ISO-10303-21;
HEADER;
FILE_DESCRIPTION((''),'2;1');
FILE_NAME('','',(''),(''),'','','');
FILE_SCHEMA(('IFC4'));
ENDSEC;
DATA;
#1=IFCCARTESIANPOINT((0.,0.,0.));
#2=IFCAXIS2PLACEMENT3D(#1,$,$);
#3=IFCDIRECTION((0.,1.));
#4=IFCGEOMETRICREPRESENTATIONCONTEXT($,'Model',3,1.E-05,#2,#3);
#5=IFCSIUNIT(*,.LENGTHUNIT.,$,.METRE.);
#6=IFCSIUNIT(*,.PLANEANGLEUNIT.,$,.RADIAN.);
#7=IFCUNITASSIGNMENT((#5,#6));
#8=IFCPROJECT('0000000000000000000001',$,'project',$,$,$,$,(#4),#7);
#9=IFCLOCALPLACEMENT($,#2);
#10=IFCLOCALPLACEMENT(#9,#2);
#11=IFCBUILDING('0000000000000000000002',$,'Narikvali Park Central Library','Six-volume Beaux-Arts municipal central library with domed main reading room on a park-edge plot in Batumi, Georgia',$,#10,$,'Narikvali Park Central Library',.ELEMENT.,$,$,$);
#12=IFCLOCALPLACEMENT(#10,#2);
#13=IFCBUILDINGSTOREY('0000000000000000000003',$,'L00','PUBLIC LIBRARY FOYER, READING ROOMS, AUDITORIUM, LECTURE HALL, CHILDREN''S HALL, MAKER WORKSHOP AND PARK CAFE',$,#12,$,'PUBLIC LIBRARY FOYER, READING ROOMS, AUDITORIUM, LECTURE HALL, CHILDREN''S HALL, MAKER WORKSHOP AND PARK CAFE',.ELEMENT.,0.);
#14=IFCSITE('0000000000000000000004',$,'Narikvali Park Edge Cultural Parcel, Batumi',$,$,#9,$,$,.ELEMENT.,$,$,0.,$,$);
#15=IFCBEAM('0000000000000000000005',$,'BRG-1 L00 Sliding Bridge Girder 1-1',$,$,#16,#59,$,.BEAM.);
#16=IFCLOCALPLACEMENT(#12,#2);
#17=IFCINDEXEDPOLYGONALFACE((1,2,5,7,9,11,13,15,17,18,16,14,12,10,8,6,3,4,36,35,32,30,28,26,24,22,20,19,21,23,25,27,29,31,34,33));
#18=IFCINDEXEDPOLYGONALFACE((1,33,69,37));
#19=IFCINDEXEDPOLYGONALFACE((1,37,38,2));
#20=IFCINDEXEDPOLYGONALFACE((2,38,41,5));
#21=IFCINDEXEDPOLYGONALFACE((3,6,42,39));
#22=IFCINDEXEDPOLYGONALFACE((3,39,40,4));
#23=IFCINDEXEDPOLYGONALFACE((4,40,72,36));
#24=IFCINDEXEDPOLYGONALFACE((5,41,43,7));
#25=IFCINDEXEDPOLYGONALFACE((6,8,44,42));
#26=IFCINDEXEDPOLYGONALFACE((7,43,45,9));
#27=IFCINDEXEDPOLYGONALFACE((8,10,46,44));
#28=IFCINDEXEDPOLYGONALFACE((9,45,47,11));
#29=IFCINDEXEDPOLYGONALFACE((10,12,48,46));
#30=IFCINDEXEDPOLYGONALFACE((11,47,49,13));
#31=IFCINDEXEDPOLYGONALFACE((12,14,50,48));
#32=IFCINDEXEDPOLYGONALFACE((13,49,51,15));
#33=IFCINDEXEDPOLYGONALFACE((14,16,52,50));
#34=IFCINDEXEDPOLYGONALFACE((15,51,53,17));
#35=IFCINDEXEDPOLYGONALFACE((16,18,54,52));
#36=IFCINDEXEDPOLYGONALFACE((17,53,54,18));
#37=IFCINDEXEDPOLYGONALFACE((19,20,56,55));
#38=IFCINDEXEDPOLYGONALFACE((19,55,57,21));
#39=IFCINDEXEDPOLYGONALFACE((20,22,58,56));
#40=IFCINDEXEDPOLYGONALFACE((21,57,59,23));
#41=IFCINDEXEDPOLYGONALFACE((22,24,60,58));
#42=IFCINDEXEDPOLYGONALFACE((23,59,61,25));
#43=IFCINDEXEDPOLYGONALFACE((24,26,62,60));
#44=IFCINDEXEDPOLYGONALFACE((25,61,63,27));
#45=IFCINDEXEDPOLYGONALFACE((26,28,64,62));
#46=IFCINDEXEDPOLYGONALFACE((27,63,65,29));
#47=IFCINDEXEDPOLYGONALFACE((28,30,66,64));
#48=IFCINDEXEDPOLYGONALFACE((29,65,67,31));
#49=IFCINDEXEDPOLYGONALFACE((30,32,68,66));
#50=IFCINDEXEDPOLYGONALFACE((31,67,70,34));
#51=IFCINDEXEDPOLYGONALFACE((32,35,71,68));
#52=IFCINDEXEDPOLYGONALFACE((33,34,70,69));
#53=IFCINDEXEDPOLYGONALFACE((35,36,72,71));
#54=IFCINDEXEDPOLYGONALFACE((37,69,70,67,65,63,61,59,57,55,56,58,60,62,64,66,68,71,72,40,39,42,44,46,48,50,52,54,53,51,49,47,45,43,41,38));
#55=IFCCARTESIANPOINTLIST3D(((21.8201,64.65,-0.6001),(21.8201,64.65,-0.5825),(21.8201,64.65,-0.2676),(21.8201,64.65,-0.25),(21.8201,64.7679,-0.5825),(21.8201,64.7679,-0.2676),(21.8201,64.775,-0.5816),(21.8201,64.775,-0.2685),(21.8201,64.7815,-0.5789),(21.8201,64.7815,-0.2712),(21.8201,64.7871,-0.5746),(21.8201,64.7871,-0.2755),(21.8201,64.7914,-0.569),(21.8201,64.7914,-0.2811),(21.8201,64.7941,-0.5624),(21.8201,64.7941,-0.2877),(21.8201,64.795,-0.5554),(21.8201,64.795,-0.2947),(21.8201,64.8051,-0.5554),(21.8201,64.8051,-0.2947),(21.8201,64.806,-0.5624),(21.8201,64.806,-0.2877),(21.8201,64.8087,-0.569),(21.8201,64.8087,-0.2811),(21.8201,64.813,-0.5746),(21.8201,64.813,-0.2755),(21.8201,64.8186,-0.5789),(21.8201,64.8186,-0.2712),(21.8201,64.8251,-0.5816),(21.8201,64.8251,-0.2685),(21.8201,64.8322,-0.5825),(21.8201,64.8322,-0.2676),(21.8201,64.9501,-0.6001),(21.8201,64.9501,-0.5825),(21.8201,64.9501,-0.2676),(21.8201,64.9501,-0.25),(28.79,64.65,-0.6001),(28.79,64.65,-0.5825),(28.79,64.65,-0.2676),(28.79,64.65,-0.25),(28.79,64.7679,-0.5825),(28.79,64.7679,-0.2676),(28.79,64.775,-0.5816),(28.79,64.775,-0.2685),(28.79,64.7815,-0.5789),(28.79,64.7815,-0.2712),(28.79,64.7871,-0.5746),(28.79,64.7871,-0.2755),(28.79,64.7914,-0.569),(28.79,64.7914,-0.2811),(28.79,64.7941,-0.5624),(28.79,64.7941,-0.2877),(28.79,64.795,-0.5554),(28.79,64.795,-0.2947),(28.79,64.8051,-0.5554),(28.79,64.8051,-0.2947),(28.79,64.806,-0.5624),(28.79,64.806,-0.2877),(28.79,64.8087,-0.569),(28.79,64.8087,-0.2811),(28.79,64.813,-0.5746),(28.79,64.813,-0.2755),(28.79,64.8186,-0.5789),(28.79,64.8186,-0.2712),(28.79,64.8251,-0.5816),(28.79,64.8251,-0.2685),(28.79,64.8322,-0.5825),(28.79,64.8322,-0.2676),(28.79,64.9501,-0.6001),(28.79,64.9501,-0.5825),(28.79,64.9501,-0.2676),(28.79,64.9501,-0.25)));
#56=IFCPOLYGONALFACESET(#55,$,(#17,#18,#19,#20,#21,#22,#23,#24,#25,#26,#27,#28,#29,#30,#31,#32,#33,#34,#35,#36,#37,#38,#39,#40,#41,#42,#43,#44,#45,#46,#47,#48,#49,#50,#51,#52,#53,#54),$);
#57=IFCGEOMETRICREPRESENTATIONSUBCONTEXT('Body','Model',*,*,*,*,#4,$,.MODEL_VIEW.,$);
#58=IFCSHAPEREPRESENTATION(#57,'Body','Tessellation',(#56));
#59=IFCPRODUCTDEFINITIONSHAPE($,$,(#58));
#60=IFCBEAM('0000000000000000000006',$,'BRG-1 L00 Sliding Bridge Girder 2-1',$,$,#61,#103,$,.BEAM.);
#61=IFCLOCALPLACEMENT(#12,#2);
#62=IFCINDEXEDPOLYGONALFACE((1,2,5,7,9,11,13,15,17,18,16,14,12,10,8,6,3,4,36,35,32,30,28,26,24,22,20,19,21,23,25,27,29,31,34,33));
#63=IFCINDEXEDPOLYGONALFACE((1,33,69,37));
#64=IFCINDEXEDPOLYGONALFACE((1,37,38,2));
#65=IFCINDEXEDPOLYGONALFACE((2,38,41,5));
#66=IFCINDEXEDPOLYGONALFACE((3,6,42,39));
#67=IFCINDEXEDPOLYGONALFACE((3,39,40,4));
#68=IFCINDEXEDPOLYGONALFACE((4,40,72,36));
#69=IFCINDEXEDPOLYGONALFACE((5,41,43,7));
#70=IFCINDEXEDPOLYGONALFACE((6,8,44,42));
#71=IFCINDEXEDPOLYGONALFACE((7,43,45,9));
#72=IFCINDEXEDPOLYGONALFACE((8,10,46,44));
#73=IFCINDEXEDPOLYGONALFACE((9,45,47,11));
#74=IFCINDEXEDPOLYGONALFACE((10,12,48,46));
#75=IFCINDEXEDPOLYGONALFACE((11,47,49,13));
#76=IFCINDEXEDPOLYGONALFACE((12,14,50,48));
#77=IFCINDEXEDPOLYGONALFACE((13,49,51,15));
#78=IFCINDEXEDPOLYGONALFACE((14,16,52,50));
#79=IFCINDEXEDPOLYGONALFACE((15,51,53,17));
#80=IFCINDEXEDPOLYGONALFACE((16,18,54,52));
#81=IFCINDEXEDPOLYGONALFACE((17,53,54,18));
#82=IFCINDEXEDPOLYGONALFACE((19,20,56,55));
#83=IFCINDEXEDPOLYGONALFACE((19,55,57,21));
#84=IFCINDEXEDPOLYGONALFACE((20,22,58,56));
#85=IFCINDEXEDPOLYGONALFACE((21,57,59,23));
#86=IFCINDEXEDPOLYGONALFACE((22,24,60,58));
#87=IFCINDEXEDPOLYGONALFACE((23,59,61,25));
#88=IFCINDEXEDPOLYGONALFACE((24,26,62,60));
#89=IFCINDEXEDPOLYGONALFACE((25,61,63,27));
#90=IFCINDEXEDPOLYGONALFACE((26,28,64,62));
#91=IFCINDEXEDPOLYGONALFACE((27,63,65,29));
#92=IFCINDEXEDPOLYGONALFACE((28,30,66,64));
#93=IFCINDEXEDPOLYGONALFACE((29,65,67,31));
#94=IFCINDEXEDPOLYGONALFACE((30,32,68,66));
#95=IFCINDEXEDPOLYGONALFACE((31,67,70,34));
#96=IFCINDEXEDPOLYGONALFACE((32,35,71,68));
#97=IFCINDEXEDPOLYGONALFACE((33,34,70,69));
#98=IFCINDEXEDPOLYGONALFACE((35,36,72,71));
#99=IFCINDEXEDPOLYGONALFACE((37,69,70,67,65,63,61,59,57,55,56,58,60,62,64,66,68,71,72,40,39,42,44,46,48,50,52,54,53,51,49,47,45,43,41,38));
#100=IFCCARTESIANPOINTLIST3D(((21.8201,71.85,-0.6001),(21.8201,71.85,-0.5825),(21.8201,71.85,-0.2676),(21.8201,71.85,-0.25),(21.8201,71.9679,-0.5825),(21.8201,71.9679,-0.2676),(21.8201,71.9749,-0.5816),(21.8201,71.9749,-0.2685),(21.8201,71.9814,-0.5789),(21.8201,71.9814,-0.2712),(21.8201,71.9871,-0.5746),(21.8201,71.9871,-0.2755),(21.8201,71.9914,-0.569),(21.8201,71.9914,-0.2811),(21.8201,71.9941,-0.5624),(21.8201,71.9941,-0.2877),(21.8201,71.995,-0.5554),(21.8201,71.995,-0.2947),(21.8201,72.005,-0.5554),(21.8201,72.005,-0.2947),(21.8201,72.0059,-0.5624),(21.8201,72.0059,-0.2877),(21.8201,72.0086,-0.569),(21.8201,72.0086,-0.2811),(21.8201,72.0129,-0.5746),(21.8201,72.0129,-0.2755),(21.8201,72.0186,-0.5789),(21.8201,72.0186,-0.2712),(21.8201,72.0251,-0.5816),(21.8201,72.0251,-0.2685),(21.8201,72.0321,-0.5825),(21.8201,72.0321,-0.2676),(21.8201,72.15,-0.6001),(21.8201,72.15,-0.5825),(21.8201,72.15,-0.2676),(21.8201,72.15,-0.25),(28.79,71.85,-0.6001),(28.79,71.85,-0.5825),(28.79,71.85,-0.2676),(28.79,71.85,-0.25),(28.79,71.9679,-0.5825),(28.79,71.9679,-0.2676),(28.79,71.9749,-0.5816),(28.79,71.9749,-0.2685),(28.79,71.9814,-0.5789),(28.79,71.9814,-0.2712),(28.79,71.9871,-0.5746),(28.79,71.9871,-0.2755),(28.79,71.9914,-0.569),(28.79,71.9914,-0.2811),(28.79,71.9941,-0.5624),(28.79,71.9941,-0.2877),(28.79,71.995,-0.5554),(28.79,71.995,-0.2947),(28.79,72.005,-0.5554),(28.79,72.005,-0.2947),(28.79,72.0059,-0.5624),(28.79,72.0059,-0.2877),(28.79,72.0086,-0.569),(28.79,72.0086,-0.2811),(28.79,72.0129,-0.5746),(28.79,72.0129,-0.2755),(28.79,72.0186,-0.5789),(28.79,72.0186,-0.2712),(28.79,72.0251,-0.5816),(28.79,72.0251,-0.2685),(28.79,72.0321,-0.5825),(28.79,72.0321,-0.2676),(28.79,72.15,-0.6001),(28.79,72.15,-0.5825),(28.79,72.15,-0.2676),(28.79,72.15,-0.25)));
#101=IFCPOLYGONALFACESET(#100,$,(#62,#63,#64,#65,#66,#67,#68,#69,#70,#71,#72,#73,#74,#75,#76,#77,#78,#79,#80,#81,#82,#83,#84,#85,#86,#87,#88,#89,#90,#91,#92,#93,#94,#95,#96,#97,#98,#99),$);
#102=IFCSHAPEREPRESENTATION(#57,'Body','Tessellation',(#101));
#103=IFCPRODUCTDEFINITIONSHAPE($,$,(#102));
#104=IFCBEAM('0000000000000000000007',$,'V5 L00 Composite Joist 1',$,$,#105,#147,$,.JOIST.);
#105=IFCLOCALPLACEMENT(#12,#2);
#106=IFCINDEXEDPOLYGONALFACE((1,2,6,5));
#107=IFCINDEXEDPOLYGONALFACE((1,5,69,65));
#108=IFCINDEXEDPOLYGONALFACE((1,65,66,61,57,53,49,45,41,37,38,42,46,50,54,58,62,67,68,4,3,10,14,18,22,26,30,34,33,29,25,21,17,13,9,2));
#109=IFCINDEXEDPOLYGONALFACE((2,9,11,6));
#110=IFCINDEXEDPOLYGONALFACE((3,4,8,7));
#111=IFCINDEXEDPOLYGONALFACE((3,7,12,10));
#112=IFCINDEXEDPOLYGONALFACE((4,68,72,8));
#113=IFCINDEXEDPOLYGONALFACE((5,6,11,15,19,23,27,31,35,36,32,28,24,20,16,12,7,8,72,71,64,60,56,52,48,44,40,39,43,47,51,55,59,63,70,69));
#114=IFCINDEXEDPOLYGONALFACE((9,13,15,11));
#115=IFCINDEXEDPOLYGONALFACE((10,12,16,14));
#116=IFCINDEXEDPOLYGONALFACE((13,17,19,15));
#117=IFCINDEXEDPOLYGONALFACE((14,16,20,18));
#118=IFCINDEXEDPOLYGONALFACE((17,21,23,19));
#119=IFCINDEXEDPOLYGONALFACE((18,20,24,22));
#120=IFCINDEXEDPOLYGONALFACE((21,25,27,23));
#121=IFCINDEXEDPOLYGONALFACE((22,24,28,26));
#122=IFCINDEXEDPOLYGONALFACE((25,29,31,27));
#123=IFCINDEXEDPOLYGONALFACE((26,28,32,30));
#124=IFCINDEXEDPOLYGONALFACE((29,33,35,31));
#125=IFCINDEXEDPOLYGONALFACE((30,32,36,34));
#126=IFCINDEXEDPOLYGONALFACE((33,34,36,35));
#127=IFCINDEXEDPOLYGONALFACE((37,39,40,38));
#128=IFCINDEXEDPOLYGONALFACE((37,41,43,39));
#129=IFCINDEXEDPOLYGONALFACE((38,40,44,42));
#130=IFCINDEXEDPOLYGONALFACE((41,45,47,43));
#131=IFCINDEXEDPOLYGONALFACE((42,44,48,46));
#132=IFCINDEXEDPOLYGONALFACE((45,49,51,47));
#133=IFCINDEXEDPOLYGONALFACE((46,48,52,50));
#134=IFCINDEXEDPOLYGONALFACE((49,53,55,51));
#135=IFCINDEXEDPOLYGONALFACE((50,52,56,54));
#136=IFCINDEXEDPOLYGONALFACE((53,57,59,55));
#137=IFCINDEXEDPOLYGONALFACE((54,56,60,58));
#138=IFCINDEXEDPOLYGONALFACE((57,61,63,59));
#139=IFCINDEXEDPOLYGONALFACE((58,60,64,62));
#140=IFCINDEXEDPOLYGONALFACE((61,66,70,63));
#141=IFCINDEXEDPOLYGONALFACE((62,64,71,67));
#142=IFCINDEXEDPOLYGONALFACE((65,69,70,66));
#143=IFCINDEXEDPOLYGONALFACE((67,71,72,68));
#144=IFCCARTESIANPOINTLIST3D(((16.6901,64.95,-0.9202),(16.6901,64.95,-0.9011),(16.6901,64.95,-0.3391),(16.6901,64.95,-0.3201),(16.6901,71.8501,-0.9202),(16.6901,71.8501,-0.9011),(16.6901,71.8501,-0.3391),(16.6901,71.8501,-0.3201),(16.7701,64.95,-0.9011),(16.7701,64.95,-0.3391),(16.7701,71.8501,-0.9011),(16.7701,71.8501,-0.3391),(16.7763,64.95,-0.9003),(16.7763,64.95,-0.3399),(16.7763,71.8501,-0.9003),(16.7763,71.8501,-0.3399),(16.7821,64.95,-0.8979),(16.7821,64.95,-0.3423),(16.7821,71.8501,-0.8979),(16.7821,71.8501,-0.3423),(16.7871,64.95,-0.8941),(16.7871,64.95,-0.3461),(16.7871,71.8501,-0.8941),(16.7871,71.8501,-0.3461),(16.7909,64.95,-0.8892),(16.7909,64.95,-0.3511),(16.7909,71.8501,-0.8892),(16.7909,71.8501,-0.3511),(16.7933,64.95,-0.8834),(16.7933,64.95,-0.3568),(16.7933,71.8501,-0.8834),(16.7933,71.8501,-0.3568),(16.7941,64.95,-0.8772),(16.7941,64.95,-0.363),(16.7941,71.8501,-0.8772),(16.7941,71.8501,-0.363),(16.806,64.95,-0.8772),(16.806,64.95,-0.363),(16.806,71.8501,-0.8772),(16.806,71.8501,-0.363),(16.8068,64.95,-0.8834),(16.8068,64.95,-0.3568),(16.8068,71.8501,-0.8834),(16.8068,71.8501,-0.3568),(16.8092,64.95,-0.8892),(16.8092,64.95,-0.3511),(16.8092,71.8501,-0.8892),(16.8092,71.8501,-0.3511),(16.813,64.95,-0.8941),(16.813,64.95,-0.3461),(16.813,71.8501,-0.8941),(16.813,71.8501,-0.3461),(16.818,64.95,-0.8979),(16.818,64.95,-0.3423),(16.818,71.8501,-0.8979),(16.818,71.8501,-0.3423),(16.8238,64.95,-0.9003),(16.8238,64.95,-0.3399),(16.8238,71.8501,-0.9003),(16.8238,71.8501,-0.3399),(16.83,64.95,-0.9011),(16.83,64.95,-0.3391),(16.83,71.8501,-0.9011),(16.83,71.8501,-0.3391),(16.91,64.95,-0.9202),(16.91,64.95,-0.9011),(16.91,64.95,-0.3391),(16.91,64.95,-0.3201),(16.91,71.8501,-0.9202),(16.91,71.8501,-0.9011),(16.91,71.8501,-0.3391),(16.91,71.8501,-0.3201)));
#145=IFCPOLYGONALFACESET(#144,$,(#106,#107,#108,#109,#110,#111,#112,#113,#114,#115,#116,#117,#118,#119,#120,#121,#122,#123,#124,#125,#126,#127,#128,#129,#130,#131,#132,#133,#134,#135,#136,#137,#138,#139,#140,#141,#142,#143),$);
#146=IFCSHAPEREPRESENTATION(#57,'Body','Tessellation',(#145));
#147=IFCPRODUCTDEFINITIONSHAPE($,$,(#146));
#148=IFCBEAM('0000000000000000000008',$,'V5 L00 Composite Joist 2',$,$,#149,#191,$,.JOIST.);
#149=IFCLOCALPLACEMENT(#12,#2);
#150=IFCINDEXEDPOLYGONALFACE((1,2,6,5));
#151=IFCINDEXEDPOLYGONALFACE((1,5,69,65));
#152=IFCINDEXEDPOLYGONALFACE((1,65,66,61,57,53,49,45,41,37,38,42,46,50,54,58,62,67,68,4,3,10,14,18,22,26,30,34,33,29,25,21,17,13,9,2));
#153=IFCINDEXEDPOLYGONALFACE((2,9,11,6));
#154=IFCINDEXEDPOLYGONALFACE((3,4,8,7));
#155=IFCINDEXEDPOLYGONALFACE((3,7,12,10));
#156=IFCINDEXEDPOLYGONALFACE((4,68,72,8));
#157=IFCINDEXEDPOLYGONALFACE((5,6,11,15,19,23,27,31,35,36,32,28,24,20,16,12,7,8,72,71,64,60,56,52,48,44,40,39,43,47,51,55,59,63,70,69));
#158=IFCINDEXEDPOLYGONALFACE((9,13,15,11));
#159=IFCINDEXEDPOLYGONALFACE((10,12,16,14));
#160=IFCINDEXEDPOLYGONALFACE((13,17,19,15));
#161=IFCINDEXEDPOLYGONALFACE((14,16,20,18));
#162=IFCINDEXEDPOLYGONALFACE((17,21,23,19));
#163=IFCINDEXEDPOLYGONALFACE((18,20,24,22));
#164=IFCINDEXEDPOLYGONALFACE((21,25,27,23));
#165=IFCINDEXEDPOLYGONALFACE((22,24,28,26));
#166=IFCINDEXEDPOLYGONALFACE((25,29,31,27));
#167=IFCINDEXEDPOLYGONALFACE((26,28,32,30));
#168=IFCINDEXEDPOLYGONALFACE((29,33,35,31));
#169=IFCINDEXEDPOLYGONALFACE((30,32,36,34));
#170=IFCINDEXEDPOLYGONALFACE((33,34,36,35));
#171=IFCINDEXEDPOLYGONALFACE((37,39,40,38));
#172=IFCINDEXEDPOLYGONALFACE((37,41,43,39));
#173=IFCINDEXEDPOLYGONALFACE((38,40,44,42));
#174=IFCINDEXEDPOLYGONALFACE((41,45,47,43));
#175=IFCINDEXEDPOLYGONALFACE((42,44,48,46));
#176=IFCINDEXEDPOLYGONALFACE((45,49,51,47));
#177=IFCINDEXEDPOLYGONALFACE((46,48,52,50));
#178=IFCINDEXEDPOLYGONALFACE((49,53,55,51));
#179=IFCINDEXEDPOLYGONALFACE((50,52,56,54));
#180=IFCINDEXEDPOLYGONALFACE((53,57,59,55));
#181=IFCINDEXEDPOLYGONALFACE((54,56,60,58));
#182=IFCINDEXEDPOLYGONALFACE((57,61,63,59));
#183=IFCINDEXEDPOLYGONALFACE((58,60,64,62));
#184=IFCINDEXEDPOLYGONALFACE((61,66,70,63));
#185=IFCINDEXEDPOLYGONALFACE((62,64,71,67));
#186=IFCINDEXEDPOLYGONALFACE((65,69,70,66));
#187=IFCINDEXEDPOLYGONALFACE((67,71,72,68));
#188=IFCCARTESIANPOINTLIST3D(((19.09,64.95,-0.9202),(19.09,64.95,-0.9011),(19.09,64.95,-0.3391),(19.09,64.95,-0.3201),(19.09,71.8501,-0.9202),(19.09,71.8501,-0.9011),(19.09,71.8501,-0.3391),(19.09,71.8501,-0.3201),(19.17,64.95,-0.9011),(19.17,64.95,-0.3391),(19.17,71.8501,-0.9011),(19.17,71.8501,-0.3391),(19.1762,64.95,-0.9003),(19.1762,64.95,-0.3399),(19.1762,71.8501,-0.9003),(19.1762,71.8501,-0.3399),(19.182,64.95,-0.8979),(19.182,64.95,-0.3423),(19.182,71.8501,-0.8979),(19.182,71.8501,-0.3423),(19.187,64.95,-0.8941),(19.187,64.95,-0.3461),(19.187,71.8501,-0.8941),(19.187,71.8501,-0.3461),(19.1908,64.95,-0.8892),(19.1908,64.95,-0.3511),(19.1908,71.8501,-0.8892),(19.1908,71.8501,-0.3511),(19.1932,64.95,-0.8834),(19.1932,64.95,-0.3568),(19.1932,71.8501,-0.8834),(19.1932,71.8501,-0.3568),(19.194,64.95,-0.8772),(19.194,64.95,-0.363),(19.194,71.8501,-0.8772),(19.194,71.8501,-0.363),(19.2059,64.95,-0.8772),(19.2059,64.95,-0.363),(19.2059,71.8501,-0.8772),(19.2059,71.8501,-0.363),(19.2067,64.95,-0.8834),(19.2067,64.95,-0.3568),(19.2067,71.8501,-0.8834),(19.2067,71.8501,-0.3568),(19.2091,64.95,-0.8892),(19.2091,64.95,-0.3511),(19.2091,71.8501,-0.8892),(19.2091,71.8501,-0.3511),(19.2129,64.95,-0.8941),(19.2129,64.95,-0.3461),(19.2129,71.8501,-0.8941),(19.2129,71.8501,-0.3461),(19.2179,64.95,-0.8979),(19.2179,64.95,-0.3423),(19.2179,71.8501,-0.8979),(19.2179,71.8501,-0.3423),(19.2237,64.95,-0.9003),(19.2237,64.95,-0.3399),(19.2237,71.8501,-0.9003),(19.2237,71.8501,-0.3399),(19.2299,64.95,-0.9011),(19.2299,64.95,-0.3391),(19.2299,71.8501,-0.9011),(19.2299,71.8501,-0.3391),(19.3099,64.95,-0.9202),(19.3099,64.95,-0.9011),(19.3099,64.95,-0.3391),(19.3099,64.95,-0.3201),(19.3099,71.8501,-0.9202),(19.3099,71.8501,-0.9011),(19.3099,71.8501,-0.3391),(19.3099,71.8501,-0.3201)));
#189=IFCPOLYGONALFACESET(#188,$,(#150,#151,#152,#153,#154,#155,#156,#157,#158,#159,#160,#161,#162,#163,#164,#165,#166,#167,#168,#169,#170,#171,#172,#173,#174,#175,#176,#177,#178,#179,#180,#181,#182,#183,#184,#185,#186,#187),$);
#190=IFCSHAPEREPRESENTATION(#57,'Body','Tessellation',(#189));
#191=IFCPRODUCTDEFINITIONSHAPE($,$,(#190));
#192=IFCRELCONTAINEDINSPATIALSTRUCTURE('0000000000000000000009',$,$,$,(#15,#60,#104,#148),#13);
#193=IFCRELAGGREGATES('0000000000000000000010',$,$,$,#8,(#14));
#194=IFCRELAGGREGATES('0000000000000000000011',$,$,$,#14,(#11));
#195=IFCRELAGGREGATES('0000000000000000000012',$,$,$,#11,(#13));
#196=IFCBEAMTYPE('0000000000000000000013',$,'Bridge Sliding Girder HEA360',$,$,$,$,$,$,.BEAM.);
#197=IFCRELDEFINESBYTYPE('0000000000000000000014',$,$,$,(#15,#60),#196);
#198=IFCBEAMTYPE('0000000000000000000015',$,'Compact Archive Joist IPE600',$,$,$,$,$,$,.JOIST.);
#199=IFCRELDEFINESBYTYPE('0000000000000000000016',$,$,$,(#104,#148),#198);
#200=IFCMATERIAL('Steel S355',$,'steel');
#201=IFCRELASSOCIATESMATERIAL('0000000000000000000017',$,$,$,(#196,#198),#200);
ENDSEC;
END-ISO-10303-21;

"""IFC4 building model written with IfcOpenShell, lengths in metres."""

from ifc_helpers import new_model, si_unit, direction, frame, origin, origin_2d, place, context, subcontext, project, spatial, i_section, extrude, material, material_profile, profile_set, type_object, element, save


model = new_model("IFC4")

# Units and contexts
model_context = context("Model", 3, precision=1e-05, world=origin(), true_north=direction((0.0, 1.0)))
body_context = subcontext(model_context, "Body", "Model", "MODEL_VIEW")
ifc_project = project(units=[si_unit("LENGTHUNIT", "METRE"), si_unit("PLANEANGLEUNIT", "RADIAN")], contexts=[model_context])

# Site, building, storey
site_placement = place(None, origin())
site = spatial("IfcSite", under=ifc_project, at=site_placement, Name="Narikvali Park Edge Cultural Parcel, Batumi", CompositionType="ELEMENT", RefElevation=0.0)
building_placement = place(site_placement, origin())
building = spatial("IfcBuilding", under=site, at=building_placement, Name="Narikvali Park Central Library", Description="Six-volume Beaux-Arts municipal central library with domed main reading room on a park-edge plot in Batumi, Georgia", LongName="Narikvali Park Central Library", CompositionType="ELEMENT")
storey_placement = place(building_placement, origin())
storey = spatial("IfcBuildingStorey", under=building, at=storey_placement, Name="L00", Description="PUBLIC LIBRARY FOYER, READING ROOMS, AUDITORIUM, LECTURE HALL, CHILDREN'S HALL, MAKER WORKSHOP AND PARK CAFE", LongName="PUBLIC LIBRARY FOYER, READING ROOMS, AUDITORIUM, LECTURE HALL, CHILDREN'S HALL, MAKER WORKSHOP AND PARK CAFE", CompositionType="ELEMENT", Elevation=0.0)

# Shared definitions
ifc_material_1 = material(Name="Steel S355", Category="steel")

# Beams
ifc_material_profile_1 = material_profile(ifc_material_1, i_section(OverallWidth=0.3, OverallDepth=0.3501, WebThickness=0.01, FlangeThickness=0.0176, FilletRadius=0.0271, at=origin_2d()), Name="HEA 360")
ifc_profile_set_1 = profile_set([ifc_material_profile_1], Name="Steel S355")
beam_type_1 = type_object("IfcBeamType", Name="Bridge Sliding Girder HEA360", PredefinedType="BEAM", material=ifc_profile_set_1)
for number, where, z_axis, x_axis, name in (
    (1, (21.8201, 64.8, -0.425), (1.0, 0.0, 0.0), (0.0, 1.0, 0.0), "BRG-1 L00 Sliding Bridge Girder 1-1"),
    (2, (21.8201, 72.0, -0.425), (1.0, 0.0, 0.0), (0.0, 1.0, 0.0), "BRG-1 L00 Sliding Bridge Girder 2-1"),
):
    element("IfcBeam", number, at=place(storey_placement, frame(where, z_axis=z_axis, x_axis=x_axis)), inside=storey, type_object=beam_type_1, Name=name, PredefinedType="BEAM", context=body_context, shape_type="SweptSolid", body=[
        extrude(i_section(OverallWidth=0.3, OverallDepth=0.3501, WebThickness=0.01, FlangeThickness=0.0176, FilletRadius=0.0271, at=origin_2d()), origin(), (0.0, 0.0, 1.0), 6.97),
    ])
ifc_material_profile_2 = material_profile(ifc_material_1, i_section(OverallWidth=0.22, OverallDepth=0.6001, WebThickness=0.012, FlangeThickness=0.019, FilletRadius=0.0239, at=origin_2d()), Name="IPE 600")
ifc_profile_set_2 = profile_set([ifc_material_profile_2], Name="Steel S355")
beam_type_2 = type_object("IfcBeamType", Name="Compact Archive Joist IPE600", PredefinedType="JOIST", material=ifc_profile_set_2)
for number, where, z_axis, x_axis, name in (
    (3, (16.8, 64.95, -0.6201), (0.0, 1.0, 0.0), (-1.0, 0.0, 0.0), "V5 L00 Composite Joist 1"),
    (4, (19.2, 64.95, -0.6201), (0.0, 1.0, 0.0), (-1.0, 0.0, 0.0), "V5 L00 Composite Joist 2"),
):
    element("IfcBeam", number, at=place(storey_placement, frame(where, z_axis=z_axis, x_axis=x_axis)), inside=storey, type_object=beam_type_2, Name=name, PredefinedType="JOIST", context=body_context, shape_type="SweptSolid", body=[
        extrude(i_section(OverallWidth=0.22, OverallDepth=0.6001, WebThickness=0.012, FlangeThickness=0.019, FilletRadius=0.0239, at=origin_2d()), origin(), (0.0, 0.0, 1.0), 6.9001),
    ])

save(model, "model.ifc")
